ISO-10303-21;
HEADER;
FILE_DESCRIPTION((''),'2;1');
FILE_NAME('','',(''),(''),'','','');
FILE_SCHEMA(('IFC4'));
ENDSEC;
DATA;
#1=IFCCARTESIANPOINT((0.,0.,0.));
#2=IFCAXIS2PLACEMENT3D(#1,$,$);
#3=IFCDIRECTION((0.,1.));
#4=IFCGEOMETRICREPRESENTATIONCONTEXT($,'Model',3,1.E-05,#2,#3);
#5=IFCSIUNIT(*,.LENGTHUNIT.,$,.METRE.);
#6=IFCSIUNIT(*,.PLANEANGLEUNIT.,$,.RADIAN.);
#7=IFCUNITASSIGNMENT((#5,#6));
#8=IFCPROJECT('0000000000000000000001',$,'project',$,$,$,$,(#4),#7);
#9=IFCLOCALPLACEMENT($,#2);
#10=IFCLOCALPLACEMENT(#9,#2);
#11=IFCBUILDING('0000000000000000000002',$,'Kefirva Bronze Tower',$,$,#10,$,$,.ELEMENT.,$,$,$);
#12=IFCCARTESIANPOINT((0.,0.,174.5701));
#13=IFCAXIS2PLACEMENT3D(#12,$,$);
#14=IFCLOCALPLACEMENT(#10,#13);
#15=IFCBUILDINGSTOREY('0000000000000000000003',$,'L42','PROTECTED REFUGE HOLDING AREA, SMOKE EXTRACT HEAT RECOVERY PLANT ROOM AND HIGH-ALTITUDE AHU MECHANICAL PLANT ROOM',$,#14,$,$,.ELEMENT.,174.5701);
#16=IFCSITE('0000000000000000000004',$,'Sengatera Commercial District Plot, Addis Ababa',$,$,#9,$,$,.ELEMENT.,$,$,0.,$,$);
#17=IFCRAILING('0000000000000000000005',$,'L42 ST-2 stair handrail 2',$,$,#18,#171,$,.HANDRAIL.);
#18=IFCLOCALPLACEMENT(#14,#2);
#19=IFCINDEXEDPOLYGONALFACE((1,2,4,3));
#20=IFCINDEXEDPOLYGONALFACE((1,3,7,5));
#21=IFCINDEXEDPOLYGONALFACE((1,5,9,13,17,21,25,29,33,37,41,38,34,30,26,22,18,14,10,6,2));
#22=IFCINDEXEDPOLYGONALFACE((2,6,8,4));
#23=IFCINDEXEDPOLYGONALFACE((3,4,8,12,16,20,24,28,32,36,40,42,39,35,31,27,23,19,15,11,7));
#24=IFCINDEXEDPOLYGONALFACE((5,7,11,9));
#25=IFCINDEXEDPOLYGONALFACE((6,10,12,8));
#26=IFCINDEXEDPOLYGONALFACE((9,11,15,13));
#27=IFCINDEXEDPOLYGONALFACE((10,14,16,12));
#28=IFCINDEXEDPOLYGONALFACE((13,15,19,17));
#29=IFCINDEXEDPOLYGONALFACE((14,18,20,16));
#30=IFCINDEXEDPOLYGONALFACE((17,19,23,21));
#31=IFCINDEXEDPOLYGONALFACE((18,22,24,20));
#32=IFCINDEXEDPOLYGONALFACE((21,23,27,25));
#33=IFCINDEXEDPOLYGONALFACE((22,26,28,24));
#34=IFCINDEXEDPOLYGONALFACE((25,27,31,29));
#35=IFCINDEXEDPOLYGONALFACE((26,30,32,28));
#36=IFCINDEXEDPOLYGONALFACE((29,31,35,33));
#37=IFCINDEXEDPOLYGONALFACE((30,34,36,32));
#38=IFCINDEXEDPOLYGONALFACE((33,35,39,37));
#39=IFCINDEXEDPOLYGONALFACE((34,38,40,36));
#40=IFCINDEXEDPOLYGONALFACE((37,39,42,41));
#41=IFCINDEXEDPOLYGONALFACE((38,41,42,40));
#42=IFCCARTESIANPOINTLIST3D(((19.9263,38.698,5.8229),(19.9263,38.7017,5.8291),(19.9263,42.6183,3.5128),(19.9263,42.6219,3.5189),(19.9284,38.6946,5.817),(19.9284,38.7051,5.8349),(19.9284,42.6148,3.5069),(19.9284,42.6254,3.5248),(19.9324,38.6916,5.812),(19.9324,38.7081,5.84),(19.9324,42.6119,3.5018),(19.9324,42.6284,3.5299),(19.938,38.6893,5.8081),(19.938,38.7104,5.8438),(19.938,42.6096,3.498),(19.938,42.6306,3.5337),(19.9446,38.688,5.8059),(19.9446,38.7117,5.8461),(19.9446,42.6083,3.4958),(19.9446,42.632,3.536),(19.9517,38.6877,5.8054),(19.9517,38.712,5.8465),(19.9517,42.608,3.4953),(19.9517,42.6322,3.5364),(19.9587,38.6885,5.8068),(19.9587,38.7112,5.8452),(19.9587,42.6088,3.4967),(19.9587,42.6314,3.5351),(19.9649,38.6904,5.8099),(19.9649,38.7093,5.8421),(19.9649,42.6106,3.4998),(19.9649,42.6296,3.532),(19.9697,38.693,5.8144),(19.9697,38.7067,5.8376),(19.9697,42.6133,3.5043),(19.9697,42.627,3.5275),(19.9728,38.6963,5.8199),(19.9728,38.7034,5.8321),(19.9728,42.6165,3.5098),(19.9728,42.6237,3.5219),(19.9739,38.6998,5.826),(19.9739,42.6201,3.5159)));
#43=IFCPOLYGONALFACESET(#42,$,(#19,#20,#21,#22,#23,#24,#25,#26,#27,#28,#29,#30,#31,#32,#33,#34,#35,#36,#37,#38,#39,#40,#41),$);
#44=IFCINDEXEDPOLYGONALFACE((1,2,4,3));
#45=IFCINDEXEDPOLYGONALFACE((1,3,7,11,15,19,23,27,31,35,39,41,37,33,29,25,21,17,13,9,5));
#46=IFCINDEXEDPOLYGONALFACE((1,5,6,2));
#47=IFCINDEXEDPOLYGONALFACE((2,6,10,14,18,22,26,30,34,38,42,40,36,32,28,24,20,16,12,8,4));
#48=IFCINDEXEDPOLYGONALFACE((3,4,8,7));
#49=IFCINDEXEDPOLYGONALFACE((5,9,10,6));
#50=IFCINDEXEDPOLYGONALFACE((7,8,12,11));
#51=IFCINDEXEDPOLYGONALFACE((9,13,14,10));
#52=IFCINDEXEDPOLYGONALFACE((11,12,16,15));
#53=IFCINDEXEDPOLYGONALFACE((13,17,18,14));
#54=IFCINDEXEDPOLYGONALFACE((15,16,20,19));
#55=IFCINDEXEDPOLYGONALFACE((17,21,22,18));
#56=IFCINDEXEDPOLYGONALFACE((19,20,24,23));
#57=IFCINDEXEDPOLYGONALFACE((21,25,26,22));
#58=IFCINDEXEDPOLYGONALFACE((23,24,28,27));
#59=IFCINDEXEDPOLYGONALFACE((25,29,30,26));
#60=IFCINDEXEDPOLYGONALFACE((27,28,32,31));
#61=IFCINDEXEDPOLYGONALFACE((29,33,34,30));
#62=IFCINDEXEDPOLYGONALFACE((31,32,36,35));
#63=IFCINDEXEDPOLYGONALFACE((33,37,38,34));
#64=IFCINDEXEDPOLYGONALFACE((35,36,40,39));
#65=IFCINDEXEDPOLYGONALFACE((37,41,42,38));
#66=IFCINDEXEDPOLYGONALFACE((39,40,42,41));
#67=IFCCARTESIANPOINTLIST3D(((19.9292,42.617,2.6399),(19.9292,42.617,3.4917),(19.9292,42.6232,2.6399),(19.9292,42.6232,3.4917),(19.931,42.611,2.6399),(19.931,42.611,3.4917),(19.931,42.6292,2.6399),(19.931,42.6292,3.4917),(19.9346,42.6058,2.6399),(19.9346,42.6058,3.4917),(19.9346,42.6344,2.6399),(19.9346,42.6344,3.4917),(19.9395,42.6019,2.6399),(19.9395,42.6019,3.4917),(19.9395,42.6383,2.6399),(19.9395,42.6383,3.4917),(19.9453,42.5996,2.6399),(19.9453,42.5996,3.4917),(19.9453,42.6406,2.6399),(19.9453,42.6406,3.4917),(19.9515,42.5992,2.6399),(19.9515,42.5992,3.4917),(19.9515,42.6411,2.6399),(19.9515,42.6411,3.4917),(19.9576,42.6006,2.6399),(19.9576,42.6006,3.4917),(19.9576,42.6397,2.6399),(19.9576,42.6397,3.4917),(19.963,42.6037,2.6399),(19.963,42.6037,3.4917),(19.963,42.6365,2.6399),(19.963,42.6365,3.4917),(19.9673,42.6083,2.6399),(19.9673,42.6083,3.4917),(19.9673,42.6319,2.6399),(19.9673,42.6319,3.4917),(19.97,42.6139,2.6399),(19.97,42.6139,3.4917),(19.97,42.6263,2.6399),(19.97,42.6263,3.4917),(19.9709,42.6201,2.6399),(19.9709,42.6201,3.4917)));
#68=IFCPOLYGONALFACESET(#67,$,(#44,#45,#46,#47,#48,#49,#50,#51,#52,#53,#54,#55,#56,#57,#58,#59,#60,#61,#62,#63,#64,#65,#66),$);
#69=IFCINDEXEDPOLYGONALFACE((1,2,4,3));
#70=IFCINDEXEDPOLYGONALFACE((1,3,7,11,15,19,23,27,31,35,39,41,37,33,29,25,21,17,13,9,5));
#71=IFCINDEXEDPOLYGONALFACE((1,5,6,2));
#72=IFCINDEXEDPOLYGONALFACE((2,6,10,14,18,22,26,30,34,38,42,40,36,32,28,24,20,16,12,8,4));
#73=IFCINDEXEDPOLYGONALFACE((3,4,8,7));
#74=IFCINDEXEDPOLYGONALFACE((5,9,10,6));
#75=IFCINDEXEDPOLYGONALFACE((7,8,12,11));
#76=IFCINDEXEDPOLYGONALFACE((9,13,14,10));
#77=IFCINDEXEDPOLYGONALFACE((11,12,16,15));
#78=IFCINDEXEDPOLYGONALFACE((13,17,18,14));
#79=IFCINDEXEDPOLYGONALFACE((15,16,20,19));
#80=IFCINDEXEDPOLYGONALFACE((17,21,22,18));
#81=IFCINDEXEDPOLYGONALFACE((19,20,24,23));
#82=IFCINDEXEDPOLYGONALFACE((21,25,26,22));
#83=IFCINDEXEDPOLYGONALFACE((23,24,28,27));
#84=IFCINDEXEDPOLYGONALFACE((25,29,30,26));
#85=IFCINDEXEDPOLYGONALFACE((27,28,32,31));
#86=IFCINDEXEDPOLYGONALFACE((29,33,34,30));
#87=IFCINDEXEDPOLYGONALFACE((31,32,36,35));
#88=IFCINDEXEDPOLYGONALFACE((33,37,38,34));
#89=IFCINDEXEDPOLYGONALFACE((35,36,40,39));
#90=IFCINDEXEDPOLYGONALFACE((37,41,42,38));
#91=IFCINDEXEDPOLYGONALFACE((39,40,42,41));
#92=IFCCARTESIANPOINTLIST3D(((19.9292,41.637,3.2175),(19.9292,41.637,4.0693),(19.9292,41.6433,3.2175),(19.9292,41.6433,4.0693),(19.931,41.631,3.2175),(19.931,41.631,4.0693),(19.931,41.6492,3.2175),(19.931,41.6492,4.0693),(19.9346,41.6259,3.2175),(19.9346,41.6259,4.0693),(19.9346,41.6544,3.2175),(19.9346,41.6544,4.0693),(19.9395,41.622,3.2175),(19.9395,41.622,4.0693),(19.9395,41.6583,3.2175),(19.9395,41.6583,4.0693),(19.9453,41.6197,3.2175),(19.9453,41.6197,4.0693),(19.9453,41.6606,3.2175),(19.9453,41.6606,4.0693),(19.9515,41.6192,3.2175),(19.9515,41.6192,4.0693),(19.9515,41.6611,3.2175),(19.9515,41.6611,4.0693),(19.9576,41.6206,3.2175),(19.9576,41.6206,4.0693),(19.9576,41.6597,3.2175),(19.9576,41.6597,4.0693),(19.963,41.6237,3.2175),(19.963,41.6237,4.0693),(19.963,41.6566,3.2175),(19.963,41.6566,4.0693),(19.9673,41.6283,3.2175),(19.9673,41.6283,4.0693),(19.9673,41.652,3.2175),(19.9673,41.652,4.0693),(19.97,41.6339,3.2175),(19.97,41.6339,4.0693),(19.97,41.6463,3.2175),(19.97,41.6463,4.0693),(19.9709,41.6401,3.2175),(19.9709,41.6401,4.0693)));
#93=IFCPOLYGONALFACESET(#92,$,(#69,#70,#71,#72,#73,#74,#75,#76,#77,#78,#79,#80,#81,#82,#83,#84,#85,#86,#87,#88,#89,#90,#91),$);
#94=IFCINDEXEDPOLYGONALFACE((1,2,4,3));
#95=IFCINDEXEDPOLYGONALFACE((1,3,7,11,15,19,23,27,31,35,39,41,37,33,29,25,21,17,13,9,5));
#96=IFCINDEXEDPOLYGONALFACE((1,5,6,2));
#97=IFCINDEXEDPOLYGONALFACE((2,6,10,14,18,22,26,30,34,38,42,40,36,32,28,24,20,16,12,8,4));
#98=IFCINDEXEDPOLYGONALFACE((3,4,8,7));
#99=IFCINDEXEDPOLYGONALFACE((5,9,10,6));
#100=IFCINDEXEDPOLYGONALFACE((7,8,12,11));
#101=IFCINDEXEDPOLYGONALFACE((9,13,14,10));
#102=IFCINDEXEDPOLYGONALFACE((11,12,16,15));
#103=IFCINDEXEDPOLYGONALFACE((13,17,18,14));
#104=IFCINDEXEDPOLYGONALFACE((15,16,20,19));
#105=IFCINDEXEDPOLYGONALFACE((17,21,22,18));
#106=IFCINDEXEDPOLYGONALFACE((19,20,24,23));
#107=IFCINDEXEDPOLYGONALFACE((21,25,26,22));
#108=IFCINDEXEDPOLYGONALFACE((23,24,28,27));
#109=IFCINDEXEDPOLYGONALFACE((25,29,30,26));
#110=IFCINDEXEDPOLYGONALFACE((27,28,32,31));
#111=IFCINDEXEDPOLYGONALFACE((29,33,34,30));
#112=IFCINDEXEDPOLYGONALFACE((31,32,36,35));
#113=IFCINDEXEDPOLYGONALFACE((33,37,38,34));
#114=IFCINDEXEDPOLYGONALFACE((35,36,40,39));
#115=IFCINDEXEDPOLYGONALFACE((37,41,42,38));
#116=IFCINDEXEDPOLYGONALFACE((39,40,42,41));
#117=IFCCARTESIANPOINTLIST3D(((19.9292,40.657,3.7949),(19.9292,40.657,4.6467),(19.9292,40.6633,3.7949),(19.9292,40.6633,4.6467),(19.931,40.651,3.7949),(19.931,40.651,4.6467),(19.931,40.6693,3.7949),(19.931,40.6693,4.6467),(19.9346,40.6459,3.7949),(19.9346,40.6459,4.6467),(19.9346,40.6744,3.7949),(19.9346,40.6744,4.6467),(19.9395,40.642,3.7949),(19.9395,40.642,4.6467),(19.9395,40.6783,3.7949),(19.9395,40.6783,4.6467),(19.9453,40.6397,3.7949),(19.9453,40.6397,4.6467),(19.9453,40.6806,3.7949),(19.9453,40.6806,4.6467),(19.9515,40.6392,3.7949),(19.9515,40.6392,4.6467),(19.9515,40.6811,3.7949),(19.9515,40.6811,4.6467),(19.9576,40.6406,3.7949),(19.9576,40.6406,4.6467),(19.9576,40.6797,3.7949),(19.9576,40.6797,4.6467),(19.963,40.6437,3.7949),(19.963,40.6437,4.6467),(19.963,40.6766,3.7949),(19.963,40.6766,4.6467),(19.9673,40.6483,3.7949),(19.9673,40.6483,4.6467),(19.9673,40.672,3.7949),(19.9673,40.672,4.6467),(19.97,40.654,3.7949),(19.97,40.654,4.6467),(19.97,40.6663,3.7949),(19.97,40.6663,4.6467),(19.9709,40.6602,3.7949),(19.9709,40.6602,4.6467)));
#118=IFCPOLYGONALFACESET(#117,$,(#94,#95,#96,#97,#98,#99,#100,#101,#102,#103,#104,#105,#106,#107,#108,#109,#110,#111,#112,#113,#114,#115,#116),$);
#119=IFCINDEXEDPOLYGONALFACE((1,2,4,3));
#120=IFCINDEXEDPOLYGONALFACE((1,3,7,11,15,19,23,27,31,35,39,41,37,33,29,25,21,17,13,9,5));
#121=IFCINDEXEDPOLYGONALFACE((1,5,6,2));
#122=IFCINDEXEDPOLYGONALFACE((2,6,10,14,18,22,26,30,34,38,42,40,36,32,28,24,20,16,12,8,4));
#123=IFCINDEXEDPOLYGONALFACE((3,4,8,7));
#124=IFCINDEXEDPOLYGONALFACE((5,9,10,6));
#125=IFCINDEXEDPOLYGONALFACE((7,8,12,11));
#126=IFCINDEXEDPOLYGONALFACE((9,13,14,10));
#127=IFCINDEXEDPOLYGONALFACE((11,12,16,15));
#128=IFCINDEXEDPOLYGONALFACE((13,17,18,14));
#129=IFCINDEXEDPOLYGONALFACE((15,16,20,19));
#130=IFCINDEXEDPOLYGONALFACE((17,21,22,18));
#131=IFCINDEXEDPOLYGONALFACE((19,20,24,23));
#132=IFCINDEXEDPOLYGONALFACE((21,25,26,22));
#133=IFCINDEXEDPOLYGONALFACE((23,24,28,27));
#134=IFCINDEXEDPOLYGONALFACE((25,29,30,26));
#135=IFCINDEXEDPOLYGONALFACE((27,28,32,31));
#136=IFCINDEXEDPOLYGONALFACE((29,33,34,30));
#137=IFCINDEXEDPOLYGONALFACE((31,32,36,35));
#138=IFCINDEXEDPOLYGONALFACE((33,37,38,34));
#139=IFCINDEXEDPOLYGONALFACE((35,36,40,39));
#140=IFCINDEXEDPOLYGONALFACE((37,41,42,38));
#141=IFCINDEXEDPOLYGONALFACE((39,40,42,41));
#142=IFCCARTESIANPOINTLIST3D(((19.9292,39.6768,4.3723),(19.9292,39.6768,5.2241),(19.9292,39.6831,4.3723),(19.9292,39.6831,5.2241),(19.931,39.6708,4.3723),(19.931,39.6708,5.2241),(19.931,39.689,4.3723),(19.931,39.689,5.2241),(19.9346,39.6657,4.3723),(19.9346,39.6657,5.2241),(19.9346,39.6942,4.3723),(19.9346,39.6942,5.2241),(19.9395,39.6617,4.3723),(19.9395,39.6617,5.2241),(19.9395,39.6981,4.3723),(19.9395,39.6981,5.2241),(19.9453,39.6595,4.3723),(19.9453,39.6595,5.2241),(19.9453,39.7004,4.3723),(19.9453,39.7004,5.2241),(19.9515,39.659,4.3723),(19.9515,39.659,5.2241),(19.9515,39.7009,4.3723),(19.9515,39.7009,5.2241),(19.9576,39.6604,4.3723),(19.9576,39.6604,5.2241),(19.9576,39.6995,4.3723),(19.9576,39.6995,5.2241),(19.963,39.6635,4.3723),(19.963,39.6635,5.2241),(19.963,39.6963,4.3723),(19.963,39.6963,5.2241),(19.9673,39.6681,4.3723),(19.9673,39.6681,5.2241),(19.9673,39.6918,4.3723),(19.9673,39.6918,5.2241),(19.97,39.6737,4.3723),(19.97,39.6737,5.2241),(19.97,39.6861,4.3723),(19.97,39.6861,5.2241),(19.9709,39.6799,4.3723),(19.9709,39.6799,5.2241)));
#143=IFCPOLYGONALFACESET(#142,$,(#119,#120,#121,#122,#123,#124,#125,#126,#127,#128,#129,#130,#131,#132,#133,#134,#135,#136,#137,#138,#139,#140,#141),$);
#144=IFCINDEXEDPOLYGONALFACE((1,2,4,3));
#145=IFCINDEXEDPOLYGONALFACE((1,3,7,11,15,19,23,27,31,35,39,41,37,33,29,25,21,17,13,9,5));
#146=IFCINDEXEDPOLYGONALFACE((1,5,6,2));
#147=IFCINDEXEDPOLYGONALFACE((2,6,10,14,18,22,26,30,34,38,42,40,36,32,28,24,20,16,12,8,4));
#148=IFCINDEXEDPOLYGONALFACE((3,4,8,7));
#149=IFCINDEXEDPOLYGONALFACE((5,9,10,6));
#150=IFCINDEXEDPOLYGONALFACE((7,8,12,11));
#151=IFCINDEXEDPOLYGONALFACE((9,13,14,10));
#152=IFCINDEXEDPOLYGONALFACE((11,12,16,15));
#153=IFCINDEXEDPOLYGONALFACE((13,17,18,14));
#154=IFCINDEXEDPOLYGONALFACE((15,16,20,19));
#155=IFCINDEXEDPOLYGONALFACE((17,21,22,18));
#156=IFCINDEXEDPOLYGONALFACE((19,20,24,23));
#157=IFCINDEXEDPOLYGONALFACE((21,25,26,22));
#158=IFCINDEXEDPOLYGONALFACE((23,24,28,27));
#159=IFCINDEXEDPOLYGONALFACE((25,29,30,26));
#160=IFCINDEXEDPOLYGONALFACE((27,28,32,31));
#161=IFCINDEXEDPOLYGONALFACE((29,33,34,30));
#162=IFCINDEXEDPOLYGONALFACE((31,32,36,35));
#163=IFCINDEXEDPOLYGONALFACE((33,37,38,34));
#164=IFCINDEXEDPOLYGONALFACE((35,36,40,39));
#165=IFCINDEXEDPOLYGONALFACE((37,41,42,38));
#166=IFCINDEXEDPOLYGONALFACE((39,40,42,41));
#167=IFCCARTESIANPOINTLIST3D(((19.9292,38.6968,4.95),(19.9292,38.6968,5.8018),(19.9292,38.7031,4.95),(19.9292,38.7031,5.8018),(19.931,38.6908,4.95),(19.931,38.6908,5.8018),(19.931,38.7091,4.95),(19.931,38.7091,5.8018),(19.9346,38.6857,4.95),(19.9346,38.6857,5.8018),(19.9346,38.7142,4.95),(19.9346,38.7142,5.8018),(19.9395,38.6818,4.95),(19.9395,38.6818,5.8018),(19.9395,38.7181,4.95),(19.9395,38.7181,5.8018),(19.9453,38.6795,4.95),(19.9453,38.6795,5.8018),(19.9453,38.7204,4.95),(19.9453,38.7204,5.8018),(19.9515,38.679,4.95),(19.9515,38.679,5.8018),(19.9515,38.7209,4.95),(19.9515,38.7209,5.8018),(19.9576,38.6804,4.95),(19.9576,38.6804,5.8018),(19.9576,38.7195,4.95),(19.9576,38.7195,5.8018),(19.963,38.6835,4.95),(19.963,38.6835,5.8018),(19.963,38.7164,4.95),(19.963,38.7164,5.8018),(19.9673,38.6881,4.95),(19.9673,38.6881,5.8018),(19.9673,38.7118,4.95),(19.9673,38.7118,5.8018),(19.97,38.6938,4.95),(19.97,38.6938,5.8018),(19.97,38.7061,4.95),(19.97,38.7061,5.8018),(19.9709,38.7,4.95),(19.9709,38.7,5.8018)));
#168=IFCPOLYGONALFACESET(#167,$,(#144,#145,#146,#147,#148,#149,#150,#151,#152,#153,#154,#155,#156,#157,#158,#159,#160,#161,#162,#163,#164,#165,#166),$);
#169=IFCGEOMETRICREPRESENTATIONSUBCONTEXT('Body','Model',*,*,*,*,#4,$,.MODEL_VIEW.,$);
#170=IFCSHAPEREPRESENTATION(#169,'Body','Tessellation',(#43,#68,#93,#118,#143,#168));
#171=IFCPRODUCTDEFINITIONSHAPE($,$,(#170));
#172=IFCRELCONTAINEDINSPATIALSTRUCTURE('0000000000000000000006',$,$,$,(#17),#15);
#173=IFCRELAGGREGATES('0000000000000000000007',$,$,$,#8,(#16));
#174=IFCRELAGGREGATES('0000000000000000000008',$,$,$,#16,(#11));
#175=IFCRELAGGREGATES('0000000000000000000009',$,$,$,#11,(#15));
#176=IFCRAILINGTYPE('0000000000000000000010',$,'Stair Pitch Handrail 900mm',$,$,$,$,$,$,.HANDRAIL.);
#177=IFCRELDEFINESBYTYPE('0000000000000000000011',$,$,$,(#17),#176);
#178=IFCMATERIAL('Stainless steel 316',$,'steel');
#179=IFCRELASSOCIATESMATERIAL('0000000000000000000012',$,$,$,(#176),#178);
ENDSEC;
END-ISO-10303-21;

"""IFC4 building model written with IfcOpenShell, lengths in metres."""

from ifc_helpers import new_model, si_unit, direction, frame, origin, origin_2d, place, context, subcontext, project, spatial, circle, extrude, material, type_object, element, save


model = new_model("IFC4")

# Units and contexts
model_context = context("Model", 3, precision=1e-05, world=origin(), true_north=direction((0.0, 1.0)))
body_context = subcontext(model_context, "Body", "Model", "MODEL_VIEW")
ifc_project = project(units=[si_unit("LENGTHUNIT", "METRE"), si_unit("PLANEANGLEUNIT", "RADIAN")], contexts=[model_context])

# Site, building, storey
site_placement = place(None, origin())
site = spatial("IfcSite", under=ifc_project, at=site_placement, Name="Sengatera Commercial District Plot, Addis Ababa", CompositionType="ELEMENT", RefElevation=0.0)
building_placement = place(site_placement, origin())
building = spatial("IfcBuilding", under=site, at=building_placement, Name="Kefirva Bronze Tower", CompositionType="ELEMENT")
storey_placement = place(building_placement, frame((0.0, 0.0, 174.5701)))
storey = spatial("IfcBuildingStorey", under=building, at=storey_placement, Name="L42", Description="PROTECTED REFUGE HOLDING AREA, SMOKE EXTRACT HEAT RECOVERY PLANT ROOM AND HIGH-ALTITUDE AHU MECHANICAL PLANT ROOM", CompositionType="ELEMENT", Elevation=174.5701)

# Shared definitions
ifc_material_1 = material(Name="Stainless steel 316", Category="steel")

# Railing
railing_type = type_object("IfcRailingType", Name="Stair Pitch Handrail 900mm", PredefinedType="HANDRAIL", material=ifc_material_1)
railing_placement = place(storey_placement, frame((19.95, 42.6201, 2.6399)))
element("IfcRailing", 1, at=railing_placement, inside=storey, type_object=railing_type, Name="L42 ST-2 stair handrail 2", PredefinedType="HANDRAIL", context=body_context, shape_type="SweptSolid", body=[
    extrude(circle(Radius=0.0239, at=origin_2d()), frame((0.0, 0.0, 0.876), z_axis=(0.0, -0.861542, 0.507686), x_axis=(1.0, 0.0, 0.0)), (0.0, 0.0, 1.0), 4.5503),
    extrude(circle(Radius=0.021, at=origin_2d()), origin(), (0.0, 0.0, 1.0), 0.8518),
    extrude(circle(Radius=0.021, at=origin_2d()), frame((0.0, -0.98, 0.5776)), (0.0, 0.0, 1.0), 0.8518),
    extrude(circle(Radius=0.021, at=origin_2d()), frame((0.0, -1.96, 1.155)), (0.0, 0.0, 1.0), 0.8518),
    extrude(circle(Radius=0.021, at=origin_2d()), frame((0.0, -2.9402, 1.7324)), (0.0, 0.0, 1.0), 0.8518),
    extrude(circle(Radius=0.021, at=origin_2d()), frame((0.0, -3.9202, 2.3101)), (0.0, 0.0, 1.0), 0.8518),
])

save(model, "model.ifc")
